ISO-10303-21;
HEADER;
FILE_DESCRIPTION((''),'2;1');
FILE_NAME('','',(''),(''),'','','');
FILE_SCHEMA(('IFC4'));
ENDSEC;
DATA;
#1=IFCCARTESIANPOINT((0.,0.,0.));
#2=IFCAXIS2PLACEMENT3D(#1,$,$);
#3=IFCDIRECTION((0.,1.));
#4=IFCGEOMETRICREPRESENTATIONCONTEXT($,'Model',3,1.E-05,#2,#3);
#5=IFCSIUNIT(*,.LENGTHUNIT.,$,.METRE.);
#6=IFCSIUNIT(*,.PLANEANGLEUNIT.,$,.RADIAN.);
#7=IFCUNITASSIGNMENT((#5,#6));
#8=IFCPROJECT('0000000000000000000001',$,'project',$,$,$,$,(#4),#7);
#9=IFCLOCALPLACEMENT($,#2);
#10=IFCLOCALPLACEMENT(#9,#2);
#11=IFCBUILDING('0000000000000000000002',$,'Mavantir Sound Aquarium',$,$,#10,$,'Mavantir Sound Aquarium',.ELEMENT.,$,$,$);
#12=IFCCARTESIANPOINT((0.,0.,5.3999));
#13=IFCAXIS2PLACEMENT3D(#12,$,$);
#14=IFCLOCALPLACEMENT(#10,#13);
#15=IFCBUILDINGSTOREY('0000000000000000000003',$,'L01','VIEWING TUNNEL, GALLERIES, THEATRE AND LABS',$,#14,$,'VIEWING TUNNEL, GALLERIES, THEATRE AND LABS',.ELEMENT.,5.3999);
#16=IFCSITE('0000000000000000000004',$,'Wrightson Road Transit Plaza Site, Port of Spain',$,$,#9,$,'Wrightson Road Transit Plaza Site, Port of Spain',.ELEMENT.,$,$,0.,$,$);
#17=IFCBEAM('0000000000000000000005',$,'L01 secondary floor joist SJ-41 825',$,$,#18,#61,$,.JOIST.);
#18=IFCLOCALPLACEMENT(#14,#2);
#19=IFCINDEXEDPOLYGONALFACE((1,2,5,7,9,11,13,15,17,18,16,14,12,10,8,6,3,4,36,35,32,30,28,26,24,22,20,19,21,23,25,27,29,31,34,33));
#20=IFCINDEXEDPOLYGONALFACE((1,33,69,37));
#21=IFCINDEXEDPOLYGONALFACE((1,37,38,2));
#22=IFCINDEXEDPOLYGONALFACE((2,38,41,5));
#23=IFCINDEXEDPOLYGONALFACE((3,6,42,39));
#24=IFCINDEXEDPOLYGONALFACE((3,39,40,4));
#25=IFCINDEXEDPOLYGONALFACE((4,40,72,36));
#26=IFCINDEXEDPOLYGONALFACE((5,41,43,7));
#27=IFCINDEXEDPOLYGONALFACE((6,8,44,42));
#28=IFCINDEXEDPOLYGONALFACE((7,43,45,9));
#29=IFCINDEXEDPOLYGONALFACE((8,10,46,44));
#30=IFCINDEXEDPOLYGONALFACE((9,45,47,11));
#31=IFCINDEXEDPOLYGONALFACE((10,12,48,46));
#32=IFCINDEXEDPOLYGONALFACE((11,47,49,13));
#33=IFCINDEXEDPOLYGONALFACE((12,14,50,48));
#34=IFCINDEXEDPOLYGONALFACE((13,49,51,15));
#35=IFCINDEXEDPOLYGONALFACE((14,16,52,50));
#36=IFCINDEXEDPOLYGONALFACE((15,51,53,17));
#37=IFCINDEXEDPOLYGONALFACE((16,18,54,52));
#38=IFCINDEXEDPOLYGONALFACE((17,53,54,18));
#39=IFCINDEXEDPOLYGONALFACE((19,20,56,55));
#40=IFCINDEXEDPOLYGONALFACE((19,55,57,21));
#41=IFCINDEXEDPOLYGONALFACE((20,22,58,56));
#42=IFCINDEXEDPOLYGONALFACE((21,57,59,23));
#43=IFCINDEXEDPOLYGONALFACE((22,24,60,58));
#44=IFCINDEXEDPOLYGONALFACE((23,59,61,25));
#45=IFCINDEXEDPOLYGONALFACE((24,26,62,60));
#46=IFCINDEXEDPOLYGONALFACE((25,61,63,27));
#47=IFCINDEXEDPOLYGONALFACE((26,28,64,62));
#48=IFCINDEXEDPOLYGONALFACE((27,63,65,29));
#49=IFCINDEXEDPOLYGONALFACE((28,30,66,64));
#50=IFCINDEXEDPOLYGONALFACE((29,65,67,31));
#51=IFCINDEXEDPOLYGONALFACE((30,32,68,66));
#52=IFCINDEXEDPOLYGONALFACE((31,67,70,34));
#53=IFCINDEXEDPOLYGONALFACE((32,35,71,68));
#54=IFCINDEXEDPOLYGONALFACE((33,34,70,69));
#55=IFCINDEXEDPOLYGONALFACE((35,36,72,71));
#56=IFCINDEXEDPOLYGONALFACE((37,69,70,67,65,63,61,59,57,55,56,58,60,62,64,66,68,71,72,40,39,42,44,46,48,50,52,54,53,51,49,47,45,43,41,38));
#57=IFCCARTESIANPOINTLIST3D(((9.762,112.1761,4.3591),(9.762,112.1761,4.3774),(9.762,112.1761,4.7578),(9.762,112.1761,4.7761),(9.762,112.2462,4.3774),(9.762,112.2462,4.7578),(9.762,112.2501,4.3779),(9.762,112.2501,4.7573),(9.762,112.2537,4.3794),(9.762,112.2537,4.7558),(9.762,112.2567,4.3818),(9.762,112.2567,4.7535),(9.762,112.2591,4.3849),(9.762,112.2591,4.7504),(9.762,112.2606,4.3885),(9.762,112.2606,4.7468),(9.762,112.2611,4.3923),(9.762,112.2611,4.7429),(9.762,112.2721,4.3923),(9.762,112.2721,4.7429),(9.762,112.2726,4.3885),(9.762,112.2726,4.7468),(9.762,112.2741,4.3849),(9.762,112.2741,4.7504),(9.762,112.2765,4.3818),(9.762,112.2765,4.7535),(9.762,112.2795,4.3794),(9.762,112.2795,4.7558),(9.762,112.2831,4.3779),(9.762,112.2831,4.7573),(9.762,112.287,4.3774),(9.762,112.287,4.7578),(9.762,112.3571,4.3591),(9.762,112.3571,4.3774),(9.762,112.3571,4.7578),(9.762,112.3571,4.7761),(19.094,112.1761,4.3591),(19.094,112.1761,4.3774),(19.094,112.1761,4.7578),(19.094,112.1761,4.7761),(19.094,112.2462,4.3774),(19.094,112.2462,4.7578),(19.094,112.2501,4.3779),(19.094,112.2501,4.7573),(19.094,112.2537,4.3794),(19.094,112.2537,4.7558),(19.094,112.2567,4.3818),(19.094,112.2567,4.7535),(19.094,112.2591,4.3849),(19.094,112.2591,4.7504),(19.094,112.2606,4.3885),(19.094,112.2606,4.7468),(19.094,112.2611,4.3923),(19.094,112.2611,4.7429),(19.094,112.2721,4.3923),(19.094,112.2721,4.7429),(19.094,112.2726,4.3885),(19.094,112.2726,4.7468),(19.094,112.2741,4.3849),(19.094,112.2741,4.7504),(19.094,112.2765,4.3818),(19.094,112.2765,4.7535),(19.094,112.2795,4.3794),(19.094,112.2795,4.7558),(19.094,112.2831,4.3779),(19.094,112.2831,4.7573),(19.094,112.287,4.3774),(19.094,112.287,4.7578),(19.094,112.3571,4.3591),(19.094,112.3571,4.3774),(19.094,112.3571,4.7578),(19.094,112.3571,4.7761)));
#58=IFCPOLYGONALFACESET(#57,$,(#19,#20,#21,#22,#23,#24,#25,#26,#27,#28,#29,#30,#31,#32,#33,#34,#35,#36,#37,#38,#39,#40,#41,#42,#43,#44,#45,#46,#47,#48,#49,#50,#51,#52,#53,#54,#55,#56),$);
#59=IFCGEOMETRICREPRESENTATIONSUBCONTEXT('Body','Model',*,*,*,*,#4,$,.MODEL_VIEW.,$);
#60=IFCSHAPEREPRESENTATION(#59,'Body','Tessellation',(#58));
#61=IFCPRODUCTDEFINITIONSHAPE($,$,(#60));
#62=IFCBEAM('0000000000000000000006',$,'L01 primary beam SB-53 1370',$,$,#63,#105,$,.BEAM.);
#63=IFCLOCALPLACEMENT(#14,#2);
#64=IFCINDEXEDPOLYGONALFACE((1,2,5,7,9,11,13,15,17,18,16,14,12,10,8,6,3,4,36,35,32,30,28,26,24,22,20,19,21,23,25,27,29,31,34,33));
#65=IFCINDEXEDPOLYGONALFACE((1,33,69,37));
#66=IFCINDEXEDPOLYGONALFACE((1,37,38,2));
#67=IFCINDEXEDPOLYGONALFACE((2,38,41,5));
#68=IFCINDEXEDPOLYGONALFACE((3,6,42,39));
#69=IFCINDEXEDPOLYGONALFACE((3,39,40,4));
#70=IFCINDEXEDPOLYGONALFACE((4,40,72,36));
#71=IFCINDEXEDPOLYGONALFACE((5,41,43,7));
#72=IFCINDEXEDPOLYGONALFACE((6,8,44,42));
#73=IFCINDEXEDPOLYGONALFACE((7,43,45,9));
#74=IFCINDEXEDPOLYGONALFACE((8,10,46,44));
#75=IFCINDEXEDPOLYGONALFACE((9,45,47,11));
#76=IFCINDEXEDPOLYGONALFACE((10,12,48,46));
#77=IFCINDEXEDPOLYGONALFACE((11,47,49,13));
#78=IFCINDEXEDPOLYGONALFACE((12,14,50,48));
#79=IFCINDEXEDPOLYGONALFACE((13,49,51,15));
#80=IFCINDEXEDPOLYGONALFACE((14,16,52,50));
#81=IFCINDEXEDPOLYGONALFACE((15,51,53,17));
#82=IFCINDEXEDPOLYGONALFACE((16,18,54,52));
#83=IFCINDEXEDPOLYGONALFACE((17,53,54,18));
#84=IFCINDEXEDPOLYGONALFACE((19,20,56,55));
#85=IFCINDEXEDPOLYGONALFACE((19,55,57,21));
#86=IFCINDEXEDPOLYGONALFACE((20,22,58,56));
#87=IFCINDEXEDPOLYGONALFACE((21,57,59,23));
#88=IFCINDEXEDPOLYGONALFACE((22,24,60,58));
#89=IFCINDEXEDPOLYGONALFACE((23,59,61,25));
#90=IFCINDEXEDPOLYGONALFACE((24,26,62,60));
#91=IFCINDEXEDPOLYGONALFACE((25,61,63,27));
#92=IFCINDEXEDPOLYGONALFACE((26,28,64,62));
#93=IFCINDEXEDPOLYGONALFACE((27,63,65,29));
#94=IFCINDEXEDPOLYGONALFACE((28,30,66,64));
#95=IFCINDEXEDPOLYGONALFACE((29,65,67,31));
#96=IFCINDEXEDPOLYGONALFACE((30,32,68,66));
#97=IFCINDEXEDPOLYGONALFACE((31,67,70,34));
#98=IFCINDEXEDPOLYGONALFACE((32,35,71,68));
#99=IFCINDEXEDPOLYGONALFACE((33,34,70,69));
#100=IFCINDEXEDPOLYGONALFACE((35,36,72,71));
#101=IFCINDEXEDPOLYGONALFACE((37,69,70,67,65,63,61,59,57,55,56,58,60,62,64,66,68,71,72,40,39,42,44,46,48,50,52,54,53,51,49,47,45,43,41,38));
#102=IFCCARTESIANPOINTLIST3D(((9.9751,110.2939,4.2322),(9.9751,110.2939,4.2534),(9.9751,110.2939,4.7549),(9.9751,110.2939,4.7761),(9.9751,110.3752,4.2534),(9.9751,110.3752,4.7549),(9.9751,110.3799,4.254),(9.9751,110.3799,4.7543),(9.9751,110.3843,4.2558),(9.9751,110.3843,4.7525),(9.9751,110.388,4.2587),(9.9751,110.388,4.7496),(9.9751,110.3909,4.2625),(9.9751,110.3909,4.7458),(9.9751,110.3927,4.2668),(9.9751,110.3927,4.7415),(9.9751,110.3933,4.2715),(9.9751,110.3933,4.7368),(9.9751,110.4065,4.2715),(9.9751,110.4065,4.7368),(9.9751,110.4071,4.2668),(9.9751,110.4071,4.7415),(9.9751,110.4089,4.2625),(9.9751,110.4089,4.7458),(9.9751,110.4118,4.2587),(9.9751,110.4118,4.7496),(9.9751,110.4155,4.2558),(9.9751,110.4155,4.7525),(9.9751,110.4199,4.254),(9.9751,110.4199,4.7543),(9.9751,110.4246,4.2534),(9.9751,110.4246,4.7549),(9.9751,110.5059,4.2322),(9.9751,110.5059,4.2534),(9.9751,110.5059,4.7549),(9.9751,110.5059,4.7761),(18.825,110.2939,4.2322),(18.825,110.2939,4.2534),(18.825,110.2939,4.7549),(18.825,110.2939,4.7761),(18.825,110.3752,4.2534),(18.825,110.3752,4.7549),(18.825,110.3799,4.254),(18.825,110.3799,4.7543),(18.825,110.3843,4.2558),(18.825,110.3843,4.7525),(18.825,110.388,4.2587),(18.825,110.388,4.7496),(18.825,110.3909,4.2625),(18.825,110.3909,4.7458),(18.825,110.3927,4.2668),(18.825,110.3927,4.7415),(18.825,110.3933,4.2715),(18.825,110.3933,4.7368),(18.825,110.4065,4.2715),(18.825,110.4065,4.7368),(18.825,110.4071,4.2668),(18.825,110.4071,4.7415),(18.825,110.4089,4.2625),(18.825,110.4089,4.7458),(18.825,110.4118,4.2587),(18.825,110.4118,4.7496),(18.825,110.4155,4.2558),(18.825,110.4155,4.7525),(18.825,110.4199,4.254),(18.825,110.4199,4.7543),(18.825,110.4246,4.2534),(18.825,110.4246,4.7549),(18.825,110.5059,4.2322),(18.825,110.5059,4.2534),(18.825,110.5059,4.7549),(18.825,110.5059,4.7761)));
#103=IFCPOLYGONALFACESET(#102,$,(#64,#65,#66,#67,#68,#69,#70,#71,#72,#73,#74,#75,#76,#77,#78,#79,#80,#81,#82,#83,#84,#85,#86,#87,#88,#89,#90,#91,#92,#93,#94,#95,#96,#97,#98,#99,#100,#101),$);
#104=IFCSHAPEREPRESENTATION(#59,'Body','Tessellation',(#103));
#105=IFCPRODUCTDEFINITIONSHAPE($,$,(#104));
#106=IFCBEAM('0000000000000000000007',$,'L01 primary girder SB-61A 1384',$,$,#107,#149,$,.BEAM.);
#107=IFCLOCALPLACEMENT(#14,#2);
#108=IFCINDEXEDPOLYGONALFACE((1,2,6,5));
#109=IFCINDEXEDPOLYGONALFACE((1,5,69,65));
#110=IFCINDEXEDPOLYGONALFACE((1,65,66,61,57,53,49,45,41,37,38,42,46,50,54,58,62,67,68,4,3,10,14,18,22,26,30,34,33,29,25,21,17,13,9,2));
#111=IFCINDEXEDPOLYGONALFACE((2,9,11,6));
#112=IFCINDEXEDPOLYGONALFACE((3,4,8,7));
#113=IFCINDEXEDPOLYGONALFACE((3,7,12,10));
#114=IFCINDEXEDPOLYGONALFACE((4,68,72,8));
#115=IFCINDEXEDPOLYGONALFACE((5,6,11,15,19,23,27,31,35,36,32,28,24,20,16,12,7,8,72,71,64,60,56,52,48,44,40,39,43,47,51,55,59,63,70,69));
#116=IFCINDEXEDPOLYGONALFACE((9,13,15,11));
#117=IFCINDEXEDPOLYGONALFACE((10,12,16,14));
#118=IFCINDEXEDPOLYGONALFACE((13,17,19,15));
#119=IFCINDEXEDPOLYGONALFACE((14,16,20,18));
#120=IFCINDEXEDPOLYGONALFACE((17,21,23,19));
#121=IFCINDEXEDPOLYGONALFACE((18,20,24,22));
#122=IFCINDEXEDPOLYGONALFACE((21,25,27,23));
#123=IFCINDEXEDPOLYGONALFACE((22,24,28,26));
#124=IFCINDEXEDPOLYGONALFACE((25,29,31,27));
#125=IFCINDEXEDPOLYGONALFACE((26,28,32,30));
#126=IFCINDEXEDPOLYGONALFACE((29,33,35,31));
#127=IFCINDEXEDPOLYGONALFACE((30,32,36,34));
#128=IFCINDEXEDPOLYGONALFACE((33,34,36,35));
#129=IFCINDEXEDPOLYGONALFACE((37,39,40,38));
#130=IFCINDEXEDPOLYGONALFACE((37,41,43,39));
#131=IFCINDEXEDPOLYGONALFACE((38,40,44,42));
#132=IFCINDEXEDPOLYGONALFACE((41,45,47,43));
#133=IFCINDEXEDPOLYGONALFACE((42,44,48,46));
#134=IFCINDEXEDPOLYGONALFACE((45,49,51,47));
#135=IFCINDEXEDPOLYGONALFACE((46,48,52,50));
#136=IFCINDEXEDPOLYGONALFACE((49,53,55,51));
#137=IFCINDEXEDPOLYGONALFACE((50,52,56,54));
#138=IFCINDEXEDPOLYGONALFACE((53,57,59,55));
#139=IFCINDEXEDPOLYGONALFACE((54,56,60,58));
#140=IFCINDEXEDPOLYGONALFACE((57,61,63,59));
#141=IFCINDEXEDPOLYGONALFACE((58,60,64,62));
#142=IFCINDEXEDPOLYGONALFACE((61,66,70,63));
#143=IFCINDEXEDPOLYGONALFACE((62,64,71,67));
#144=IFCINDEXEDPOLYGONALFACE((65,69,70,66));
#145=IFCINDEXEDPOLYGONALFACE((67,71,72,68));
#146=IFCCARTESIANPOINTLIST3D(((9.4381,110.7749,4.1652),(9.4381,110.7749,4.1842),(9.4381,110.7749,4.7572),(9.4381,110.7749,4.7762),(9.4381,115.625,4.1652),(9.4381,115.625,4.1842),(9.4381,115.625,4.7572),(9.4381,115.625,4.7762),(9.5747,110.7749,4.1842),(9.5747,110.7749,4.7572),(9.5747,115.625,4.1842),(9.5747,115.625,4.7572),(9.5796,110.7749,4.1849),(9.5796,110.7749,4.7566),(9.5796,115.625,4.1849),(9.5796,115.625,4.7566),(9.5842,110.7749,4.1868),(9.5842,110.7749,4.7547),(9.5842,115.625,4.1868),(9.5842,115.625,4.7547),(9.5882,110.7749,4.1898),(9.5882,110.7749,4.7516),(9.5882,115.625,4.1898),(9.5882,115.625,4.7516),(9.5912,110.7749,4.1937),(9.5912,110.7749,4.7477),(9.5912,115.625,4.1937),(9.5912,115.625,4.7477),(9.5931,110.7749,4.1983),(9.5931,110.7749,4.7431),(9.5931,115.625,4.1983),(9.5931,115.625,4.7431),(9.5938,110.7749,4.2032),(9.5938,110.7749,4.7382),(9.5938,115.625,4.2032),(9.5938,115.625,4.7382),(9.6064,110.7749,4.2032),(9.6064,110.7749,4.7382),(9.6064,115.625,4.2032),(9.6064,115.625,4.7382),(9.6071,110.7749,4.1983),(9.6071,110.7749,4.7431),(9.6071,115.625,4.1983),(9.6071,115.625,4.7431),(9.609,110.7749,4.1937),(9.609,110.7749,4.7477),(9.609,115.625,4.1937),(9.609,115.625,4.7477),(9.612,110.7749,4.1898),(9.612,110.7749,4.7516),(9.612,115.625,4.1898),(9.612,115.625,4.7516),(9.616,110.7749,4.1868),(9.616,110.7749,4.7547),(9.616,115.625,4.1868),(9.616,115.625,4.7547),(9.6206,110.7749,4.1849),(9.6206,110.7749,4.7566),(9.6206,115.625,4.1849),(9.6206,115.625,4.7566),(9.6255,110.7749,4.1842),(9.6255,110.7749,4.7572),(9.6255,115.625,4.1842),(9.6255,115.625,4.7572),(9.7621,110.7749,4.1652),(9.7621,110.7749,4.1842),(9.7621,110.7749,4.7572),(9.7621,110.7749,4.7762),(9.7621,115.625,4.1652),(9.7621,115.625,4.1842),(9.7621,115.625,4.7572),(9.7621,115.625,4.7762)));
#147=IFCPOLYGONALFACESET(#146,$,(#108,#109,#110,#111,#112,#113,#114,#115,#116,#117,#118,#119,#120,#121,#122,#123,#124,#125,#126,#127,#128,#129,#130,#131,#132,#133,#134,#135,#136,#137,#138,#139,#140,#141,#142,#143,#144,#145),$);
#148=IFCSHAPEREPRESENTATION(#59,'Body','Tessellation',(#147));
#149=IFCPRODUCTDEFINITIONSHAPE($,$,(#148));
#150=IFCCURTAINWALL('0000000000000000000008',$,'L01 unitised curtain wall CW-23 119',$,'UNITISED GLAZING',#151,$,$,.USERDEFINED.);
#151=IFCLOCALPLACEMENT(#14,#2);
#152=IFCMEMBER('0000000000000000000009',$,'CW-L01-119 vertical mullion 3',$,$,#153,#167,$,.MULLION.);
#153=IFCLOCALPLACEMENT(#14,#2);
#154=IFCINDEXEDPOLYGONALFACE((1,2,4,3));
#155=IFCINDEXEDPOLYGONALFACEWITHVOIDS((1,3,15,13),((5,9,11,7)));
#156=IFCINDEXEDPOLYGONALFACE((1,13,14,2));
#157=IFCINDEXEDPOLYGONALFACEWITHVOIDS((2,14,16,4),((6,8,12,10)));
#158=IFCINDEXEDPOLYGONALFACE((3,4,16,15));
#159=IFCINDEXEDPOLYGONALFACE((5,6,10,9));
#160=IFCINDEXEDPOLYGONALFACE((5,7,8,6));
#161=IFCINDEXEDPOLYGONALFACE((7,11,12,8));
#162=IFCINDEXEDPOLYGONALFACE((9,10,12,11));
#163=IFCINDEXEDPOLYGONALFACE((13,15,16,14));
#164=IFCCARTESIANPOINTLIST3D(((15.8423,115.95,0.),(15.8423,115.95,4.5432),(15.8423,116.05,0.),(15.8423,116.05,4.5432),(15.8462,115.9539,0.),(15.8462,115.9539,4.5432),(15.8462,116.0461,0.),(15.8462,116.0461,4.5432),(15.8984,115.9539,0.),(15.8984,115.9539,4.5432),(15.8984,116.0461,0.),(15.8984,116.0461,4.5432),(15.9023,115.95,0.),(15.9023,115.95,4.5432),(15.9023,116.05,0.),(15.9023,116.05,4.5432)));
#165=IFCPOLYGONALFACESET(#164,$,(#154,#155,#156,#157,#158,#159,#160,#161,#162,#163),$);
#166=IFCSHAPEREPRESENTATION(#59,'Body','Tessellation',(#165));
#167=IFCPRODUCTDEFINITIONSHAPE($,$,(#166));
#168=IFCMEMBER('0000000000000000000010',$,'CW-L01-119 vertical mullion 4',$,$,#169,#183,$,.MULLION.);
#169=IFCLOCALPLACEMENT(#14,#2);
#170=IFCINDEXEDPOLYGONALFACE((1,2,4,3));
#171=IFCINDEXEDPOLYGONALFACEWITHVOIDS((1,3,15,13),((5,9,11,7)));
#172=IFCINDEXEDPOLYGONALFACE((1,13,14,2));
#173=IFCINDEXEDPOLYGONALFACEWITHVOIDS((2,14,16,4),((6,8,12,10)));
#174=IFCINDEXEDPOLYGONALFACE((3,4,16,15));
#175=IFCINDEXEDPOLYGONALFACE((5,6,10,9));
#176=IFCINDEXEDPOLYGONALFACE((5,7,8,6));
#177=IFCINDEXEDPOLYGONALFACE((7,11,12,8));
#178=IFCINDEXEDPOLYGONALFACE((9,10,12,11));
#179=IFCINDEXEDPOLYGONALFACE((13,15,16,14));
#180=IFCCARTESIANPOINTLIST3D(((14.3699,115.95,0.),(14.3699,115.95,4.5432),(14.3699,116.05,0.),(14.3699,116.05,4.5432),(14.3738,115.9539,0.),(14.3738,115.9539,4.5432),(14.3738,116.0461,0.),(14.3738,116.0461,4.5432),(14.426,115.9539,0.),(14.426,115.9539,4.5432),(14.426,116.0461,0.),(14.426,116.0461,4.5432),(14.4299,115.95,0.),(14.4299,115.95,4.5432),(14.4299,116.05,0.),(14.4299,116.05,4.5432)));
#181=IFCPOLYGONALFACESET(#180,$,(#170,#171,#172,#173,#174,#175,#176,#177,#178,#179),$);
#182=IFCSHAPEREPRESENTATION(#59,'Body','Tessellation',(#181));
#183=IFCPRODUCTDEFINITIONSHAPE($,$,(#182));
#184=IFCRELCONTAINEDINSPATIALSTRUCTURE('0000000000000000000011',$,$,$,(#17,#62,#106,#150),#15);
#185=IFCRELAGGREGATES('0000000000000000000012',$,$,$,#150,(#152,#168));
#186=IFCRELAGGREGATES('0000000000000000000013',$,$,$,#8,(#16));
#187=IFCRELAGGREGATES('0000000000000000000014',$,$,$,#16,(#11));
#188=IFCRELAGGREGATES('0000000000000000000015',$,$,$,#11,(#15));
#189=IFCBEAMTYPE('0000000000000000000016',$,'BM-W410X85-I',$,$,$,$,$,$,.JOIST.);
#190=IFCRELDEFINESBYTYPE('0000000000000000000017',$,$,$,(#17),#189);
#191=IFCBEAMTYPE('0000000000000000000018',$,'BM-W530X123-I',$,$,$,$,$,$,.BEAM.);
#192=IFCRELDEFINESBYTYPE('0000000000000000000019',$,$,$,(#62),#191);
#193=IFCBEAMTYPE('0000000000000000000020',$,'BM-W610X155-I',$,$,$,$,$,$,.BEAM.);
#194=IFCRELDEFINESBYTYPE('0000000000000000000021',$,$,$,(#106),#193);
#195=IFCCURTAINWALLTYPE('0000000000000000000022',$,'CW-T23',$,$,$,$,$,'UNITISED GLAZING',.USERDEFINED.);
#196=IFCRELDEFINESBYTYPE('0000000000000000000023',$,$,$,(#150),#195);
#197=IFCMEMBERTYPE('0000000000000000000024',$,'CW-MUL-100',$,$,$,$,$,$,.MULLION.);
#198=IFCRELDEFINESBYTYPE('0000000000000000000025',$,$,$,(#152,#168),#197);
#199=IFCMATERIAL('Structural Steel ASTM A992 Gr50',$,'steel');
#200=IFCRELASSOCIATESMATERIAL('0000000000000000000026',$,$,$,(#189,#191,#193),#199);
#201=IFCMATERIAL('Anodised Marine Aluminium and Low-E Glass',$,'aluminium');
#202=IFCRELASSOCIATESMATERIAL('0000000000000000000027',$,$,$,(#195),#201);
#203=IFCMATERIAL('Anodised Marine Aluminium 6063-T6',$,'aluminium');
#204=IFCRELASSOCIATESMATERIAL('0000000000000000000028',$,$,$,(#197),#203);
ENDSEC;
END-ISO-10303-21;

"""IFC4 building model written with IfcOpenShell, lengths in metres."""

from ifc_helpers import new_model, si_unit, direction, frame, origin, origin_2d, place, context, subcontext, project, spatial, hollow_rectangle, i_section, extrude, material, material_profile, profile_set, type_object, element, aggregate, save


model = new_model("IFC4")

# Units and contexts
model_context = context("Model", 3, precision=1e-05, world=origin(), true_north=direction((0.0, 1.0)))
body_context = subcontext(model_context, "Body", "Model", "MODEL_VIEW")
ifc_project = project(units=[si_unit("LENGTHUNIT", "METRE"), si_unit("PLANEANGLEUNIT", "RADIAN")], contexts=[model_context])

# Site, building, storey
site_placement = place(None, origin())
site = spatial("IfcSite", under=ifc_project, at=site_placement, Name="Wrightson Road Transit Plaza Site, Port of Spain", LongName="Wrightson Road Transit Plaza Site, Port of Spain", CompositionType="ELEMENT", RefElevation=0.0)
building_placement = place(site_placement, origin())
building = spatial("IfcBuilding", under=site, at=building_placement, Name="Mavantir Sound Aquarium", LongName="Mavantir Sound Aquarium", CompositionType="ELEMENT")
storey_placement = place(building_placement, frame((0.0, 0.0, 5.3999)))
storey = spatial("IfcBuildingStorey", under=building, at=storey_placement, Name="L01", Description="VIEWING TUNNEL, GALLERIES, THEATRE AND LABS", LongName="VIEWING TUNNEL, GALLERIES, THEATRE AND LABS", CompositionType="ELEMENT", Elevation=5.3999)

# Beams
ifc_material_1 = material(Name="Structural Steel ASTM A992 Gr50", Category="steel")
ifc_material_profile_1 = material_profile(ifc_material_1, i_section(OverallWidth=0.1809, OverallDepth=0.417, WebThickness=0.011, FlangeThickness=0.0183, FilletRadius=0.0149, at=origin_2d()), Name="W410X85")
ifc_profile_set_1 = profile_set([ifc_material_profile_1], Name="Structural Steel ASTM A992 Gr50")
beam_type_1 = type_object("IfcBeamType", Name="BM-W410X85-I", PredefinedType="JOIST", material=ifc_profile_set_1)
beam_1_placement = place(storey_placement, frame((9.762, 112.2666, 4.5676), z_axis=(1.0, 0.0, 0.0), x_axis=(0.0, 1.0, 0.0)))
element("IfcBeam", 1, at=beam_1_placement, inside=storey, type_object=beam_type_1, Name="L01 secondary floor joist SJ-41 825", PredefinedType="JOIST", context=body_context, shape_type="SweptSolid", body=[
    extrude(i_section(OverallWidth=0.1809, OverallDepth=0.417, WebThickness=0.011, FlangeThickness=0.0183, FilletRadius=0.0149, at=origin_2d()), origin(), (0.0, 0.0, 1.0), 9.332),
])
ifc_material_profile_2 = material_profile(ifc_material_1, i_section(OverallWidth=0.2119, OverallDepth=0.5439, WebThickness=0.0132, FlangeThickness=0.0212, FilletRadius=0.0181, at=origin_2d()), Name="W530X123")
ifc_profile_set_2 = profile_set([ifc_material_profile_2], Name="Structural Steel ASTM A992 Gr50")
beam_type_2 = type_object("IfcBeamType", Name="BM-W530X123-I", PredefinedType="BEAM", material=ifc_profile_set_2)
beam_2_placement = place(storey_placement, frame((9.9751, 110.3999, 4.5042), z_axis=(1.0, 0.0, 0.0), x_axis=(0.0, 1.0, 0.0)))
element("IfcBeam", 2, at=beam_2_placement, inside=storey, type_object=beam_type_2, Name="L01 primary beam SB-53 1370", PredefinedType="BEAM", context=body_context, shape_type="SweptSolid", body=[
    extrude(i_section(OverallWidth=0.2119, OverallDepth=0.5439, WebThickness=0.0132, FlangeThickness=0.0212, FilletRadius=0.0181, at=origin_2d()), origin(), (0.0, 0.0, 1.0), 8.8499),
])
ifc_material_profile_3 = material_profile(ifc_material_1, i_section(OverallWidth=0.324, OverallDepth=0.6111, WebThickness=0.0127, FlangeThickness=0.019, FilletRadius=0.019, at=origin_2d()), Name="W610X155")
ifc_profile_set_3 = profile_set([ifc_material_profile_3], Name="Structural Steel ASTM A992 Gr50")
beam_type_3 = type_object("IfcBeamType", Name="BM-W610X155-I", PredefinedType="BEAM", material=ifc_profile_set_3)
beam_3_placement = place(storey_placement, frame((9.6001, 110.7749, 4.4707), z_axis=(0.0, 1.0, 0.0), x_axis=(-1.0, 0.0, 0.0)))
element("IfcBeam", 3, at=beam_3_placement, inside=storey, type_object=beam_type_3, Name="L01 primary girder SB-61A 1384", PredefinedType="BEAM", context=body_context, shape_type="SweptSolid", body=[
    extrude(i_section(OverallWidth=0.324, OverallDepth=0.6111, WebThickness=0.0127, FlangeThickness=0.019, FilletRadius=0.019, at=origin_2d()), origin(), (0.0, 0.0, 1.0), 4.8501),
])

# Curtain wall, members
ifc_material_2 = material(Name="Anodised Marine Aluminium and Low-E Glass", Category="aluminium")
curtain_wall_type = type_object("IfcCurtainWallType", Name="CW-T23", ElementType="UNITISED GLAZING", PredefinedType="USERDEFINED", material=ifc_material_2)
curtain_wall_placement = place(storey_placement, origin())
curtain_wall = element("IfcCurtainWall", 4, at=curtain_wall_placement, inside=storey, type_object=curtain_wall_type, Name="L01 unitised curtain wall CW-23 119", ObjectType="UNITISED GLAZING", PredefinedType="USERDEFINED")
ifc_material_3 = material(Name="Anodised Marine Aluminium 6063-T6", Category="aluminium")
ifc_material_profile_4 = material_profile(ifc_material_3, hollow_rectangle(XDim=0.0601, YDim=0.1001, WallThickness=0.0039, at=origin_2d()), Name="ALU-MULLION-100X60")
ifc_profile_set_4 = profile_set([ifc_material_profile_4], Name="Anodised Marine Aluminium 6063-T6")
member_type_1 = type_object("IfcMemberType", Name="CW-MUL-100", PredefinedType="MULLION", material=ifc_profile_set_4)
member_1_placement = place(storey_placement, frame((15.8723, 116.0, 0.0), z_axis=(0.0, 0.0, 1.0), x_axis=(1.0, 0.0, 0.0)))
member_1 = element("IfcMember", 5, at=member_1_placement, type_object=member_type_1, Name="CW-L01-119 vertical mullion 3", PredefinedType="MULLION", context=body_context, shape_type="SweptSolid", body=[
    extrude(hollow_rectangle(XDim=0.0601, YDim=0.1001, WallThickness=0.0039, at=origin_2d()), origin(), (0.0, 0.0, 1.0), 4.5432),
])
member_2_placement = place(storey_placement, frame((14.3999, 116.0, 0.0), z_axis=(0.0, 0.0, 1.0), x_axis=(1.0, 0.0, 0.0)))
member_2 = element("IfcMember", 6, at=member_2_placement, type_object=member_type_1, Name="CW-L01-119 vertical mullion 4", PredefinedType="MULLION", context=body_context, shape_type="SweptSolid", body=[
    extrude(hollow_rectangle(XDim=0.0601, YDim=0.1001, WallThickness=0.0039, at=origin_2d()), origin(), (0.0, 0.0, 1.0), 4.5432),
])
aggregate(curtain_wall, [member_1, member_2])

save(model, "model.ifc")
